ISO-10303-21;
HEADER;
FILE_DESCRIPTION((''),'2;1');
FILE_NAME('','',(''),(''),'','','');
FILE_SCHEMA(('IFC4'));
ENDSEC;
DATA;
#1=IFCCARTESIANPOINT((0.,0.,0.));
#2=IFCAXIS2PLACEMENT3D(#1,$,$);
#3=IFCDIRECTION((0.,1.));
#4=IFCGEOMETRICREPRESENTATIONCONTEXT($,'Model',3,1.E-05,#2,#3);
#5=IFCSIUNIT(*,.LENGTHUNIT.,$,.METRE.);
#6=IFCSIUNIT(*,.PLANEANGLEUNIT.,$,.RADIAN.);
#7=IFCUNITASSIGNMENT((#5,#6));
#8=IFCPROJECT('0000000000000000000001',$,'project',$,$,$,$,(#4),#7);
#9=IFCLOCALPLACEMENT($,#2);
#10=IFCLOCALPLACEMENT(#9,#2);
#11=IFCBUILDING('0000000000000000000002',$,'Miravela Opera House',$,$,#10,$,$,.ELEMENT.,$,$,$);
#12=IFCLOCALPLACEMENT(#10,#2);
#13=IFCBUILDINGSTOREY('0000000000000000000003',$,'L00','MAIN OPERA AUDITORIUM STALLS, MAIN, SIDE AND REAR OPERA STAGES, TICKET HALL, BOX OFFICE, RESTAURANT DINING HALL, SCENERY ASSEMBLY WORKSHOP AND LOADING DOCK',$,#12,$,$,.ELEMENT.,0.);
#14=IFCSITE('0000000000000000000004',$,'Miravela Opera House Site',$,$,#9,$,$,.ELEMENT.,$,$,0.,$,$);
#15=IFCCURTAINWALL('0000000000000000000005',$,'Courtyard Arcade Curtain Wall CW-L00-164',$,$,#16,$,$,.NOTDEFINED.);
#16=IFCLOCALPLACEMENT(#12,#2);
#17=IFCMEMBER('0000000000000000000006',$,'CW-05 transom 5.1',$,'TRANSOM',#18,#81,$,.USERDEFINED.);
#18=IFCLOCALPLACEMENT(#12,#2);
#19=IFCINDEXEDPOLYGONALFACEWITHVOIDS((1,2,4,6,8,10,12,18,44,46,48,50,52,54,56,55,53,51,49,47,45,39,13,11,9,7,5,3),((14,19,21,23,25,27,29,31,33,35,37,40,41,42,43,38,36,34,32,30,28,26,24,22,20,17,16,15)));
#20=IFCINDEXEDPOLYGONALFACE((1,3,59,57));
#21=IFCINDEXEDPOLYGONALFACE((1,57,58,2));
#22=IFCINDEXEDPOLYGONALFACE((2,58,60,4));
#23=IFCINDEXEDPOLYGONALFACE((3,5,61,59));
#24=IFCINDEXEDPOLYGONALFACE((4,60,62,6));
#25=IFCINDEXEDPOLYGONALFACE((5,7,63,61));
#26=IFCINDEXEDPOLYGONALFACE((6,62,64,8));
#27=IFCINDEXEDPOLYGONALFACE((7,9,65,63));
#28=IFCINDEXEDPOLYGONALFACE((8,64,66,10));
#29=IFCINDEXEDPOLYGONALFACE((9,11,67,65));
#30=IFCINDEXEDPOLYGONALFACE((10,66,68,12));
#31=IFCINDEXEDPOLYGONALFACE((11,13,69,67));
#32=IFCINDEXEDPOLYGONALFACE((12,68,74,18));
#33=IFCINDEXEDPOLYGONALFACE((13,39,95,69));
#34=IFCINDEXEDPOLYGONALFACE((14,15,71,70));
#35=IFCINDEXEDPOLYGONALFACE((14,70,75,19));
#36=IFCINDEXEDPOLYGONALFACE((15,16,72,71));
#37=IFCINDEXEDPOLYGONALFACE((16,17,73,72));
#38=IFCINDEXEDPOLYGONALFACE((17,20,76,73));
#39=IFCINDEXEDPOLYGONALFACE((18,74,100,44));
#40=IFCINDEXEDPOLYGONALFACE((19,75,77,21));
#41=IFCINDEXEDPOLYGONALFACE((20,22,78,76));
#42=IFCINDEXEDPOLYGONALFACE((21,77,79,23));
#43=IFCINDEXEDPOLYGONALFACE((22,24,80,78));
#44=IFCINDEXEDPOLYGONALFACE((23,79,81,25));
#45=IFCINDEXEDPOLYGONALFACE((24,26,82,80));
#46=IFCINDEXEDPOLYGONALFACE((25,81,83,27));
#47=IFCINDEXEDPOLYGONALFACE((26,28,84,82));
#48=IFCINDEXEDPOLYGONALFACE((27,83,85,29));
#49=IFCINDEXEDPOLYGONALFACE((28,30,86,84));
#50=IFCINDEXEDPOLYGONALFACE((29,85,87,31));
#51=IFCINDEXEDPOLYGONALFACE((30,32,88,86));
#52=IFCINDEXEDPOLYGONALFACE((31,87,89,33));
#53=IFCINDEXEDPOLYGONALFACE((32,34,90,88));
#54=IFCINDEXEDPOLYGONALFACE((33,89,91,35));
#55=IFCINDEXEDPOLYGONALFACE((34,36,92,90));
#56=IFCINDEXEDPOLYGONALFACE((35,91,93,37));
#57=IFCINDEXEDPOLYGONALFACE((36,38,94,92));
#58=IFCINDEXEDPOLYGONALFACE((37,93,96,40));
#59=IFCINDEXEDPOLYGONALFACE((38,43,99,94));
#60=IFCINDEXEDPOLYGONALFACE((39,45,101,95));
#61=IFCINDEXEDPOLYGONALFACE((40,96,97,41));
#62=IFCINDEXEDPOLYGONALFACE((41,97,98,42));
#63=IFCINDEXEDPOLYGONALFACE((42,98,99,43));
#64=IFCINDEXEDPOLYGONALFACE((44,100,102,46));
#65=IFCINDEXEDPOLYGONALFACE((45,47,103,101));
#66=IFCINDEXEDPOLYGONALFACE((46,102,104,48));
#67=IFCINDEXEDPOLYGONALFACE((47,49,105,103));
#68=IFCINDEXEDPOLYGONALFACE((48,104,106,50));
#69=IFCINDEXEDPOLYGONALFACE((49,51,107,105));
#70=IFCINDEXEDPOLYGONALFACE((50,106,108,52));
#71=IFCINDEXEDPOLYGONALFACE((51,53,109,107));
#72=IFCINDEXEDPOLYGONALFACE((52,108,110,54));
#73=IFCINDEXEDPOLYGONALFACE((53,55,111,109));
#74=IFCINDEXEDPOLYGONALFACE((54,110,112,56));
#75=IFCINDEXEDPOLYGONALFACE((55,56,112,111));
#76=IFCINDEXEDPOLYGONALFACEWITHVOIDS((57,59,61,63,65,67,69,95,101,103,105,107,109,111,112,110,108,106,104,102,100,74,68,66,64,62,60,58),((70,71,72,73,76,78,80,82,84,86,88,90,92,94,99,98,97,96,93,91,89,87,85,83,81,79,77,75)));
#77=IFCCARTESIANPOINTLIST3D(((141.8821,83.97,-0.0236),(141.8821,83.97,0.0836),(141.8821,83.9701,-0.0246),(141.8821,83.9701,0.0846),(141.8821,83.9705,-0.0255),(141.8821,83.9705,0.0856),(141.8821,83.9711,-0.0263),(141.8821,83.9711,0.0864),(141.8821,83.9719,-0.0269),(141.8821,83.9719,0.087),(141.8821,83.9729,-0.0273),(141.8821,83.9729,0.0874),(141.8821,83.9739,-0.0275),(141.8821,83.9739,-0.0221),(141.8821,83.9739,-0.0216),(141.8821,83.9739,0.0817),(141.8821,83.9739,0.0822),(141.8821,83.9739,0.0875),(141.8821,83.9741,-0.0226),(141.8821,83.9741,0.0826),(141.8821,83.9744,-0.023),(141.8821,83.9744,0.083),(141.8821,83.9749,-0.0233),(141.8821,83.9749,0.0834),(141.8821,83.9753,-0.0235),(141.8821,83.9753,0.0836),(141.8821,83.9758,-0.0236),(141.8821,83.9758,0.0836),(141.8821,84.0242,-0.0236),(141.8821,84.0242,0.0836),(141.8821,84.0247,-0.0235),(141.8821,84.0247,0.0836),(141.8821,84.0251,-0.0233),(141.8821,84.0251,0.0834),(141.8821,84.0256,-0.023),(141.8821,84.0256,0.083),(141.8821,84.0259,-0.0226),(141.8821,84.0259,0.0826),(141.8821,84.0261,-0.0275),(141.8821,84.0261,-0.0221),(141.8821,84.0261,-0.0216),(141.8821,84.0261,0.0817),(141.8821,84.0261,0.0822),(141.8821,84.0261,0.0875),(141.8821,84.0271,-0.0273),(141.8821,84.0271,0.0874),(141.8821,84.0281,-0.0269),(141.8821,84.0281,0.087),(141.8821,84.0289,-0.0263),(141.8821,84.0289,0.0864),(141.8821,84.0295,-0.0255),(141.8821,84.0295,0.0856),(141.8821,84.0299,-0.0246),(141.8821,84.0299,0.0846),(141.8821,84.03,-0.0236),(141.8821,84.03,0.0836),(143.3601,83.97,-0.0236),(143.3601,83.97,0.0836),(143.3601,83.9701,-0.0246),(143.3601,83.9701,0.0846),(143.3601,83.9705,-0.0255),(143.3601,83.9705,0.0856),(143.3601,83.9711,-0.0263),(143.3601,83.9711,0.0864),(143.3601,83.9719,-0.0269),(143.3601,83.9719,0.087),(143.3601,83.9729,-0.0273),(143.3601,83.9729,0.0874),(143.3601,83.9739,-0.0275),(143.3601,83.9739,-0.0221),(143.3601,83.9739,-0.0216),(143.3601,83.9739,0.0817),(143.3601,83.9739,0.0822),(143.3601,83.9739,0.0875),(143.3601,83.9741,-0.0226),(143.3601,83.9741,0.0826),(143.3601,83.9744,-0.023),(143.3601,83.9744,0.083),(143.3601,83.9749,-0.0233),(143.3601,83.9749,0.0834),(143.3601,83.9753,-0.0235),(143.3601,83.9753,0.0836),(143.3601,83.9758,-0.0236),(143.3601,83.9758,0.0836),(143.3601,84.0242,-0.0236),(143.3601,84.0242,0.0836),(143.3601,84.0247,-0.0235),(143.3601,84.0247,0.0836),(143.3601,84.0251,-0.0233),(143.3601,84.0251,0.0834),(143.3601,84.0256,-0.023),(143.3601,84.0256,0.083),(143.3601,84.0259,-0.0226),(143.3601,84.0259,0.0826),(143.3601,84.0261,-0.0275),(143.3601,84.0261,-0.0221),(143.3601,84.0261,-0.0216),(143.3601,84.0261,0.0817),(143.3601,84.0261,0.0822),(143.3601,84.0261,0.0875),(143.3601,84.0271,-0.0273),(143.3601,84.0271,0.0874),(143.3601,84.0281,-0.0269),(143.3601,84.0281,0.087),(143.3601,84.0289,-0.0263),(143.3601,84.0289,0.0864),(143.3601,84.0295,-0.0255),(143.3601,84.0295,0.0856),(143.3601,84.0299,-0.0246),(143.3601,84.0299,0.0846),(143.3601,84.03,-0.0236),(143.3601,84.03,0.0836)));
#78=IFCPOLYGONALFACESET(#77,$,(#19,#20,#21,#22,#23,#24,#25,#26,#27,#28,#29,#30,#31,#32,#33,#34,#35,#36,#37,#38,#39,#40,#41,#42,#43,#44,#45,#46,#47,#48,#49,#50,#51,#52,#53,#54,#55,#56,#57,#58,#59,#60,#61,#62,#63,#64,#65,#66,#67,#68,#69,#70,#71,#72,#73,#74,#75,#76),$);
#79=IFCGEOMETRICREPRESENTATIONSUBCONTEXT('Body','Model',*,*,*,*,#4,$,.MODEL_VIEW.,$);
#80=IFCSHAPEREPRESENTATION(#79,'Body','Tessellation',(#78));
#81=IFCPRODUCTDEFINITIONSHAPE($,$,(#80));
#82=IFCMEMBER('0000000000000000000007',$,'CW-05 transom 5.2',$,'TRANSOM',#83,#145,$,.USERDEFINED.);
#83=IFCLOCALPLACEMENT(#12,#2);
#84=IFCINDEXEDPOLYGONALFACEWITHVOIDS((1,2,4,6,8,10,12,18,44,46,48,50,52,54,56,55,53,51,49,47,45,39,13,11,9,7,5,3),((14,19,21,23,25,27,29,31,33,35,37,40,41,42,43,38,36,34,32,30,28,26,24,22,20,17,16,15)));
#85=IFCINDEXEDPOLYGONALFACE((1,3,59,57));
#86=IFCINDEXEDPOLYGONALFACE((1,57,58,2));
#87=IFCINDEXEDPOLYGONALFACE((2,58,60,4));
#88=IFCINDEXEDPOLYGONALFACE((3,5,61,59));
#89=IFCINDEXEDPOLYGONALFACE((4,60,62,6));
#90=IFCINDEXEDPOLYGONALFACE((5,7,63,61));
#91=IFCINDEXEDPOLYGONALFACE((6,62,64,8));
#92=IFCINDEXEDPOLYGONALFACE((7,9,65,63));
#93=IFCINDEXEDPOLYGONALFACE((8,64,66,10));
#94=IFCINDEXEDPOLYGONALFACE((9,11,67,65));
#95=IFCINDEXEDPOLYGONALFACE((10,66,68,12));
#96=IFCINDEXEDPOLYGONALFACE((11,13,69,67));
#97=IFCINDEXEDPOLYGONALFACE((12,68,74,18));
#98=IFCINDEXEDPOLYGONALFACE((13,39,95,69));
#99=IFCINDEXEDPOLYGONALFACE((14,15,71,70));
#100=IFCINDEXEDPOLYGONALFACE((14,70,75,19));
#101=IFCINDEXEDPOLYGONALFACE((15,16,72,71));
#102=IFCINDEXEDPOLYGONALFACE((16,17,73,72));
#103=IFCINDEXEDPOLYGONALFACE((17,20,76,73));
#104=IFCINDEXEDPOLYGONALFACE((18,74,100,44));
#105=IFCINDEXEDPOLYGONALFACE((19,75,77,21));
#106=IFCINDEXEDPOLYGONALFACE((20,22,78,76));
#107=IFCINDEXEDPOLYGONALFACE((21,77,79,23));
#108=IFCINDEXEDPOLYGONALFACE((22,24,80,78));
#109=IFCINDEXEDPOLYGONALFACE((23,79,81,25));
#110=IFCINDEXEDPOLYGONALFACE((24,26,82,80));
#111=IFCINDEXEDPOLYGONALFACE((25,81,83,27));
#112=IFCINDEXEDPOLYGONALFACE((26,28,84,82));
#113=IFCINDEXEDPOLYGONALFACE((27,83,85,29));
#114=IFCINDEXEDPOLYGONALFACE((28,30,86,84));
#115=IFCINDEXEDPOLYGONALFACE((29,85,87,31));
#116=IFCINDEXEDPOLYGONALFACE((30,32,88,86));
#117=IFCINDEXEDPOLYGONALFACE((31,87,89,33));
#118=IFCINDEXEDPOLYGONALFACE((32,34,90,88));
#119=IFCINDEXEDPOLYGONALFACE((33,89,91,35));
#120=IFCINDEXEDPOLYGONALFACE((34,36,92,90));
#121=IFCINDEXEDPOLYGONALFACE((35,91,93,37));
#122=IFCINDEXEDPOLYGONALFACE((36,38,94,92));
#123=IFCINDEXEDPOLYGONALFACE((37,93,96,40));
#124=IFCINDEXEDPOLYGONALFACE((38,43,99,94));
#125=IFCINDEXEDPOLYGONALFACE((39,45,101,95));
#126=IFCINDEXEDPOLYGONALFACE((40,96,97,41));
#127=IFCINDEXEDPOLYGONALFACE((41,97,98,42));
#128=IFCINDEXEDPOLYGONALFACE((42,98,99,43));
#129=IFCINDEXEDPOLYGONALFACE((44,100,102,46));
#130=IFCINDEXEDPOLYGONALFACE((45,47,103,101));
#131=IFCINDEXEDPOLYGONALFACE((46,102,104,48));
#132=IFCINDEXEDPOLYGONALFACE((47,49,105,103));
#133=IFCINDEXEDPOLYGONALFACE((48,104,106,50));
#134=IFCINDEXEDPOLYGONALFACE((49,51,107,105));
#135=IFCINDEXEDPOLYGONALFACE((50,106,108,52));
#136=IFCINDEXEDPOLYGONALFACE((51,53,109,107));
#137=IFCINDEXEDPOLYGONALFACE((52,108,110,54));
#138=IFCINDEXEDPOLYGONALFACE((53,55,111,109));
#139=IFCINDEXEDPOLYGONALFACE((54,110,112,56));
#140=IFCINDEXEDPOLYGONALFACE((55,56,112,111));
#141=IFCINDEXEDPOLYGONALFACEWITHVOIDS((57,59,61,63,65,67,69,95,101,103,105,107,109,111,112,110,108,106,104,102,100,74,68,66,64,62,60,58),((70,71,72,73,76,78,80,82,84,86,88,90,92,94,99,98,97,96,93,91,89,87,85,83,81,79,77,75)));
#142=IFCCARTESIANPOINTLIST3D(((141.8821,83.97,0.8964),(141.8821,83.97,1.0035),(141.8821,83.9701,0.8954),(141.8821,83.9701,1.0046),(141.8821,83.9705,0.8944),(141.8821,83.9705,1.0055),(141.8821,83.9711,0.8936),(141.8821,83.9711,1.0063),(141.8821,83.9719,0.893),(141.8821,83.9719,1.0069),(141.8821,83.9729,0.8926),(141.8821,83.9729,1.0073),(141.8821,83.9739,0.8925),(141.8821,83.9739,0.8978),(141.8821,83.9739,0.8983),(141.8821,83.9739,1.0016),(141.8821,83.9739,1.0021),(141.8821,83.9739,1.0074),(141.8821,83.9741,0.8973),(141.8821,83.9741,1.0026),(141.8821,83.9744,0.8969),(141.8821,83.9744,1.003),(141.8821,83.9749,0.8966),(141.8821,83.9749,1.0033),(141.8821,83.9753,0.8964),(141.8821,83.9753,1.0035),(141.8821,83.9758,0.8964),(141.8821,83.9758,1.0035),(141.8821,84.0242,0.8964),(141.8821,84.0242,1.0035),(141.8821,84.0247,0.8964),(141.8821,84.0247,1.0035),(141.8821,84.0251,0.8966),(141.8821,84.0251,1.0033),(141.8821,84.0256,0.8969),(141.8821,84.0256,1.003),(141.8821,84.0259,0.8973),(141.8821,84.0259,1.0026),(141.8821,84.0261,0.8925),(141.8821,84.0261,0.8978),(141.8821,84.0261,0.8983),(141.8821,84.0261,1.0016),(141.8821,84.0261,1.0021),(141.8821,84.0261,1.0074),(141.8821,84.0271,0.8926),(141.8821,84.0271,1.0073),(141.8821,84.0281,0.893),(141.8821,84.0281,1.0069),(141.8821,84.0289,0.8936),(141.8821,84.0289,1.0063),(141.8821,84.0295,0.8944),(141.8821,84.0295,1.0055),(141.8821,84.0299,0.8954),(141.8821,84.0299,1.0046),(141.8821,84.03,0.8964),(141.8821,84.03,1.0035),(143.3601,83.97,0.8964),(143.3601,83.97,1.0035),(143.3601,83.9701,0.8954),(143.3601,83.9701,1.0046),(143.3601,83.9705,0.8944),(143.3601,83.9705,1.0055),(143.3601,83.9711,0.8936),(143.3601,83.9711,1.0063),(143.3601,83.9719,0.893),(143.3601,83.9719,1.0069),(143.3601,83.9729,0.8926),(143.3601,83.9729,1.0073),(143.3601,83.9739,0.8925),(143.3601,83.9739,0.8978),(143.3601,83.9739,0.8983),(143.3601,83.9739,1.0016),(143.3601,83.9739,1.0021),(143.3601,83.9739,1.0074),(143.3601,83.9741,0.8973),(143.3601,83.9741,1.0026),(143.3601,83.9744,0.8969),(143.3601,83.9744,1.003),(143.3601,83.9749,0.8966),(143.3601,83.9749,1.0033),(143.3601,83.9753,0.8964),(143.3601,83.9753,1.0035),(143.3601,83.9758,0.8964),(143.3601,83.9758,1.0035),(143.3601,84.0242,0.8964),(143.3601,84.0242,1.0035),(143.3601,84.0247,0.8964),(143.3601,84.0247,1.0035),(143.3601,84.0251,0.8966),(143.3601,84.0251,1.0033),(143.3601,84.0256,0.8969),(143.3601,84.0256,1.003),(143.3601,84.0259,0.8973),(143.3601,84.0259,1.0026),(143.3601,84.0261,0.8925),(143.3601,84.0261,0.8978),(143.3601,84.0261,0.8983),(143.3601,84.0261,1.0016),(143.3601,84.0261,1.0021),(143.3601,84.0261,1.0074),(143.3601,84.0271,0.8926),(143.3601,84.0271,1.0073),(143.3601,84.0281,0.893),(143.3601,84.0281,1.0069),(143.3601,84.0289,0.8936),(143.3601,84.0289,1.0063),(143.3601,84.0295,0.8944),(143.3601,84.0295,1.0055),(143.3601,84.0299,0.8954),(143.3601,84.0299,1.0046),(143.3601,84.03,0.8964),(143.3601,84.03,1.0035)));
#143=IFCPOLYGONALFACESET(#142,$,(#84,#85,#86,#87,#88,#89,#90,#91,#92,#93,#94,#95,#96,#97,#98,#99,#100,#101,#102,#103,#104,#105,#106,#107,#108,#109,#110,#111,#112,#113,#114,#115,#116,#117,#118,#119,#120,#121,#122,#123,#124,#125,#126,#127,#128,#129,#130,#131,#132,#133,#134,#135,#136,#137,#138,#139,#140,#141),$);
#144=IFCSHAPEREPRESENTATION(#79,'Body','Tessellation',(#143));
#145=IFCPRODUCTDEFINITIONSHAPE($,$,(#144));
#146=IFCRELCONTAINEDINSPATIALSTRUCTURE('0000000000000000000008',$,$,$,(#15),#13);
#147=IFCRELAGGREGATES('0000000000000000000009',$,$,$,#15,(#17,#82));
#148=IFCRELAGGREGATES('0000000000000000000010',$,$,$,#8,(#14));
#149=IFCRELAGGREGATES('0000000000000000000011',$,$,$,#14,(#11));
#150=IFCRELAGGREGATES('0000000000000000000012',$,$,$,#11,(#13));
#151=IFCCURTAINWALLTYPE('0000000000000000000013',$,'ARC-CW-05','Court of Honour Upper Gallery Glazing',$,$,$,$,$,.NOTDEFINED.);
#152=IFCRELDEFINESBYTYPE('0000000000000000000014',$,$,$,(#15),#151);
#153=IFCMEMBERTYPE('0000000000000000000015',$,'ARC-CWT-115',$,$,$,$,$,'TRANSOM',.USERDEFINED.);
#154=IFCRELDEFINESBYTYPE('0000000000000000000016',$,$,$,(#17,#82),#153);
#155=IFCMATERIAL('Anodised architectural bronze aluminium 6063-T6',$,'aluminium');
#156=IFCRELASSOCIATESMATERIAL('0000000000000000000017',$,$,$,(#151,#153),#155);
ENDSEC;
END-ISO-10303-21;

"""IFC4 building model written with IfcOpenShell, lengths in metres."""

from ifc_helpers import new_model, si_unit, direction, frame, origin, origin_2d, place, context, subcontext, project, spatial, hollow_rectangle, extrude, material, material_profile, profile_set, type_object, element, aggregate, save


model = new_model("IFC4")

# Units and contexts
model_context = context("Model", 3, precision=1e-05, world=origin(), true_north=direction((0.0, 1.0)))
body_context = subcontext(model_context, "Body", "Model", "MODEL_VIEW")
ifc_project = project(units=[si_unit("LENGTHUNIT", "METRE"), si_unit("PLANEANGLEUNIT", "RADIAN")], contexts=[model_context])

# Site, building, storey
site_placement = place(None, origin())
site = spatial("IfcSite", under=ifc_project, at=site_placement, Name="Miravela Opera House Site", CompositionType="ELEMENT", RefElevation=0.0)
building_placement = place(site_placement, origin())
building = spatial("IfcBuilding", under=site, at=building_placement, Name="Miravela Opera House", CompositionType="ELEMENT")
storey_placement = place(building_placement, origin())
storey = spatial("IfcBuildingStorey", under=building, at=storey_placement, Name="L00", Description="MAIN OPERA AUDITORIUM STALLS, MAIN, SIDE AND REAR OPERA STAGES, TICKET HALL, BOX OFFICE, RESTAURANT DINING HALL, SCENERY ASSEMBLY WORKSHOP AND LOADING DOCK", CompositionType="ELEMENT", Elevation=0.0)

# Curtain wall, members
ifc_material_1 = material(Name="Anodised architectural bronze aluminium 6063-T6", Category="aluminium")
curtain_wall_type = type_object("IfcCurtainWallType", Name="ARC-CW-05", Description="Court of Honour Upper Gallery Glazing", PredefinedType="NOTDEFINED", material=ifc_material_1)
curtain_wall_placement = place(storey_placement, origin())
curtain_wall = element("IfcCurtainWall", 1, at=curtain_wall_placement, inside=storey, type_object=curtain_wall_type, Name="Courtyard Arcade Curtain Wall CW-L00-164", PredefinedType="NOTDEFINED")
ifc_material_profile_1 = material_profile(ifc_material_1, hollow_rectangle(XDim=0.0601, YDim=0.115, WallThickness=0.0039, InnerFilletRadius=0.002, OuterFilletRadius=0.0039, at=origin_2d()), Name="CWT-60X115")
ifc_profile_set_1 = profile_set([ifc_material_profile_1])
member_type_1 = type_object("IfcMemberType", Name="ARC-CWT-115", ElementType="TRANSOM", PredefinedType="USERDEFINED", material=ifc_profile_set_1)
member_1_placement = place(storey_placement, frame((141.8821, 84.0, 0.03), z_axis=(1.0, 0.0, 0.0), x_axis=(0.0, 1.0, 0.0)))
member_1 = element("IfcMember", 2, at=member_1_placement, type_object=member_type_1, Name="CW-05 transom 5.1", ObjectType="TRANSOM", PredefinedType="USERDEFINED", context=body_context, shape_type="SweptSolid", body=[
    extrude(hollow_rectangle(XDim=0.0601, YDim=0.115, WallThickness=0.0039, InnerFilletRadius=0.002, OuterFilletRadius=0.0039, at=origin_2d()), origin(), (0.0, 0.0, 1.0), 1.478),
])
member_2_placement = place(storey_placement, frame((141.8821, 84.0, 0.95), z_axis=(1.0, 0.0, 0.0), x_axis=(0.0, 1.0, 0.0)))
member_2 = element("IfcMember", 3, at=member_2_placement, type_object=member_type_1, Name="CW-05 transom 5.2", ObjectType="TRANSOM", PredefinedType="USERDEFINED", context=body_context, shape_type="SweptSolid", body=[
    extrude(hollow_rectangle(XDim=0.0601, YDim=0.115, WallThickness=0.0039, InnerFilletRadius=0.002, OuterFilletRadius=0.0039, at=origin_2d()), origin(), (0.0, 0.0, 1.0), 1.478),
])
aggregate(curtain_wall, [member_1, member_2])

save(model, "model.ifc")
